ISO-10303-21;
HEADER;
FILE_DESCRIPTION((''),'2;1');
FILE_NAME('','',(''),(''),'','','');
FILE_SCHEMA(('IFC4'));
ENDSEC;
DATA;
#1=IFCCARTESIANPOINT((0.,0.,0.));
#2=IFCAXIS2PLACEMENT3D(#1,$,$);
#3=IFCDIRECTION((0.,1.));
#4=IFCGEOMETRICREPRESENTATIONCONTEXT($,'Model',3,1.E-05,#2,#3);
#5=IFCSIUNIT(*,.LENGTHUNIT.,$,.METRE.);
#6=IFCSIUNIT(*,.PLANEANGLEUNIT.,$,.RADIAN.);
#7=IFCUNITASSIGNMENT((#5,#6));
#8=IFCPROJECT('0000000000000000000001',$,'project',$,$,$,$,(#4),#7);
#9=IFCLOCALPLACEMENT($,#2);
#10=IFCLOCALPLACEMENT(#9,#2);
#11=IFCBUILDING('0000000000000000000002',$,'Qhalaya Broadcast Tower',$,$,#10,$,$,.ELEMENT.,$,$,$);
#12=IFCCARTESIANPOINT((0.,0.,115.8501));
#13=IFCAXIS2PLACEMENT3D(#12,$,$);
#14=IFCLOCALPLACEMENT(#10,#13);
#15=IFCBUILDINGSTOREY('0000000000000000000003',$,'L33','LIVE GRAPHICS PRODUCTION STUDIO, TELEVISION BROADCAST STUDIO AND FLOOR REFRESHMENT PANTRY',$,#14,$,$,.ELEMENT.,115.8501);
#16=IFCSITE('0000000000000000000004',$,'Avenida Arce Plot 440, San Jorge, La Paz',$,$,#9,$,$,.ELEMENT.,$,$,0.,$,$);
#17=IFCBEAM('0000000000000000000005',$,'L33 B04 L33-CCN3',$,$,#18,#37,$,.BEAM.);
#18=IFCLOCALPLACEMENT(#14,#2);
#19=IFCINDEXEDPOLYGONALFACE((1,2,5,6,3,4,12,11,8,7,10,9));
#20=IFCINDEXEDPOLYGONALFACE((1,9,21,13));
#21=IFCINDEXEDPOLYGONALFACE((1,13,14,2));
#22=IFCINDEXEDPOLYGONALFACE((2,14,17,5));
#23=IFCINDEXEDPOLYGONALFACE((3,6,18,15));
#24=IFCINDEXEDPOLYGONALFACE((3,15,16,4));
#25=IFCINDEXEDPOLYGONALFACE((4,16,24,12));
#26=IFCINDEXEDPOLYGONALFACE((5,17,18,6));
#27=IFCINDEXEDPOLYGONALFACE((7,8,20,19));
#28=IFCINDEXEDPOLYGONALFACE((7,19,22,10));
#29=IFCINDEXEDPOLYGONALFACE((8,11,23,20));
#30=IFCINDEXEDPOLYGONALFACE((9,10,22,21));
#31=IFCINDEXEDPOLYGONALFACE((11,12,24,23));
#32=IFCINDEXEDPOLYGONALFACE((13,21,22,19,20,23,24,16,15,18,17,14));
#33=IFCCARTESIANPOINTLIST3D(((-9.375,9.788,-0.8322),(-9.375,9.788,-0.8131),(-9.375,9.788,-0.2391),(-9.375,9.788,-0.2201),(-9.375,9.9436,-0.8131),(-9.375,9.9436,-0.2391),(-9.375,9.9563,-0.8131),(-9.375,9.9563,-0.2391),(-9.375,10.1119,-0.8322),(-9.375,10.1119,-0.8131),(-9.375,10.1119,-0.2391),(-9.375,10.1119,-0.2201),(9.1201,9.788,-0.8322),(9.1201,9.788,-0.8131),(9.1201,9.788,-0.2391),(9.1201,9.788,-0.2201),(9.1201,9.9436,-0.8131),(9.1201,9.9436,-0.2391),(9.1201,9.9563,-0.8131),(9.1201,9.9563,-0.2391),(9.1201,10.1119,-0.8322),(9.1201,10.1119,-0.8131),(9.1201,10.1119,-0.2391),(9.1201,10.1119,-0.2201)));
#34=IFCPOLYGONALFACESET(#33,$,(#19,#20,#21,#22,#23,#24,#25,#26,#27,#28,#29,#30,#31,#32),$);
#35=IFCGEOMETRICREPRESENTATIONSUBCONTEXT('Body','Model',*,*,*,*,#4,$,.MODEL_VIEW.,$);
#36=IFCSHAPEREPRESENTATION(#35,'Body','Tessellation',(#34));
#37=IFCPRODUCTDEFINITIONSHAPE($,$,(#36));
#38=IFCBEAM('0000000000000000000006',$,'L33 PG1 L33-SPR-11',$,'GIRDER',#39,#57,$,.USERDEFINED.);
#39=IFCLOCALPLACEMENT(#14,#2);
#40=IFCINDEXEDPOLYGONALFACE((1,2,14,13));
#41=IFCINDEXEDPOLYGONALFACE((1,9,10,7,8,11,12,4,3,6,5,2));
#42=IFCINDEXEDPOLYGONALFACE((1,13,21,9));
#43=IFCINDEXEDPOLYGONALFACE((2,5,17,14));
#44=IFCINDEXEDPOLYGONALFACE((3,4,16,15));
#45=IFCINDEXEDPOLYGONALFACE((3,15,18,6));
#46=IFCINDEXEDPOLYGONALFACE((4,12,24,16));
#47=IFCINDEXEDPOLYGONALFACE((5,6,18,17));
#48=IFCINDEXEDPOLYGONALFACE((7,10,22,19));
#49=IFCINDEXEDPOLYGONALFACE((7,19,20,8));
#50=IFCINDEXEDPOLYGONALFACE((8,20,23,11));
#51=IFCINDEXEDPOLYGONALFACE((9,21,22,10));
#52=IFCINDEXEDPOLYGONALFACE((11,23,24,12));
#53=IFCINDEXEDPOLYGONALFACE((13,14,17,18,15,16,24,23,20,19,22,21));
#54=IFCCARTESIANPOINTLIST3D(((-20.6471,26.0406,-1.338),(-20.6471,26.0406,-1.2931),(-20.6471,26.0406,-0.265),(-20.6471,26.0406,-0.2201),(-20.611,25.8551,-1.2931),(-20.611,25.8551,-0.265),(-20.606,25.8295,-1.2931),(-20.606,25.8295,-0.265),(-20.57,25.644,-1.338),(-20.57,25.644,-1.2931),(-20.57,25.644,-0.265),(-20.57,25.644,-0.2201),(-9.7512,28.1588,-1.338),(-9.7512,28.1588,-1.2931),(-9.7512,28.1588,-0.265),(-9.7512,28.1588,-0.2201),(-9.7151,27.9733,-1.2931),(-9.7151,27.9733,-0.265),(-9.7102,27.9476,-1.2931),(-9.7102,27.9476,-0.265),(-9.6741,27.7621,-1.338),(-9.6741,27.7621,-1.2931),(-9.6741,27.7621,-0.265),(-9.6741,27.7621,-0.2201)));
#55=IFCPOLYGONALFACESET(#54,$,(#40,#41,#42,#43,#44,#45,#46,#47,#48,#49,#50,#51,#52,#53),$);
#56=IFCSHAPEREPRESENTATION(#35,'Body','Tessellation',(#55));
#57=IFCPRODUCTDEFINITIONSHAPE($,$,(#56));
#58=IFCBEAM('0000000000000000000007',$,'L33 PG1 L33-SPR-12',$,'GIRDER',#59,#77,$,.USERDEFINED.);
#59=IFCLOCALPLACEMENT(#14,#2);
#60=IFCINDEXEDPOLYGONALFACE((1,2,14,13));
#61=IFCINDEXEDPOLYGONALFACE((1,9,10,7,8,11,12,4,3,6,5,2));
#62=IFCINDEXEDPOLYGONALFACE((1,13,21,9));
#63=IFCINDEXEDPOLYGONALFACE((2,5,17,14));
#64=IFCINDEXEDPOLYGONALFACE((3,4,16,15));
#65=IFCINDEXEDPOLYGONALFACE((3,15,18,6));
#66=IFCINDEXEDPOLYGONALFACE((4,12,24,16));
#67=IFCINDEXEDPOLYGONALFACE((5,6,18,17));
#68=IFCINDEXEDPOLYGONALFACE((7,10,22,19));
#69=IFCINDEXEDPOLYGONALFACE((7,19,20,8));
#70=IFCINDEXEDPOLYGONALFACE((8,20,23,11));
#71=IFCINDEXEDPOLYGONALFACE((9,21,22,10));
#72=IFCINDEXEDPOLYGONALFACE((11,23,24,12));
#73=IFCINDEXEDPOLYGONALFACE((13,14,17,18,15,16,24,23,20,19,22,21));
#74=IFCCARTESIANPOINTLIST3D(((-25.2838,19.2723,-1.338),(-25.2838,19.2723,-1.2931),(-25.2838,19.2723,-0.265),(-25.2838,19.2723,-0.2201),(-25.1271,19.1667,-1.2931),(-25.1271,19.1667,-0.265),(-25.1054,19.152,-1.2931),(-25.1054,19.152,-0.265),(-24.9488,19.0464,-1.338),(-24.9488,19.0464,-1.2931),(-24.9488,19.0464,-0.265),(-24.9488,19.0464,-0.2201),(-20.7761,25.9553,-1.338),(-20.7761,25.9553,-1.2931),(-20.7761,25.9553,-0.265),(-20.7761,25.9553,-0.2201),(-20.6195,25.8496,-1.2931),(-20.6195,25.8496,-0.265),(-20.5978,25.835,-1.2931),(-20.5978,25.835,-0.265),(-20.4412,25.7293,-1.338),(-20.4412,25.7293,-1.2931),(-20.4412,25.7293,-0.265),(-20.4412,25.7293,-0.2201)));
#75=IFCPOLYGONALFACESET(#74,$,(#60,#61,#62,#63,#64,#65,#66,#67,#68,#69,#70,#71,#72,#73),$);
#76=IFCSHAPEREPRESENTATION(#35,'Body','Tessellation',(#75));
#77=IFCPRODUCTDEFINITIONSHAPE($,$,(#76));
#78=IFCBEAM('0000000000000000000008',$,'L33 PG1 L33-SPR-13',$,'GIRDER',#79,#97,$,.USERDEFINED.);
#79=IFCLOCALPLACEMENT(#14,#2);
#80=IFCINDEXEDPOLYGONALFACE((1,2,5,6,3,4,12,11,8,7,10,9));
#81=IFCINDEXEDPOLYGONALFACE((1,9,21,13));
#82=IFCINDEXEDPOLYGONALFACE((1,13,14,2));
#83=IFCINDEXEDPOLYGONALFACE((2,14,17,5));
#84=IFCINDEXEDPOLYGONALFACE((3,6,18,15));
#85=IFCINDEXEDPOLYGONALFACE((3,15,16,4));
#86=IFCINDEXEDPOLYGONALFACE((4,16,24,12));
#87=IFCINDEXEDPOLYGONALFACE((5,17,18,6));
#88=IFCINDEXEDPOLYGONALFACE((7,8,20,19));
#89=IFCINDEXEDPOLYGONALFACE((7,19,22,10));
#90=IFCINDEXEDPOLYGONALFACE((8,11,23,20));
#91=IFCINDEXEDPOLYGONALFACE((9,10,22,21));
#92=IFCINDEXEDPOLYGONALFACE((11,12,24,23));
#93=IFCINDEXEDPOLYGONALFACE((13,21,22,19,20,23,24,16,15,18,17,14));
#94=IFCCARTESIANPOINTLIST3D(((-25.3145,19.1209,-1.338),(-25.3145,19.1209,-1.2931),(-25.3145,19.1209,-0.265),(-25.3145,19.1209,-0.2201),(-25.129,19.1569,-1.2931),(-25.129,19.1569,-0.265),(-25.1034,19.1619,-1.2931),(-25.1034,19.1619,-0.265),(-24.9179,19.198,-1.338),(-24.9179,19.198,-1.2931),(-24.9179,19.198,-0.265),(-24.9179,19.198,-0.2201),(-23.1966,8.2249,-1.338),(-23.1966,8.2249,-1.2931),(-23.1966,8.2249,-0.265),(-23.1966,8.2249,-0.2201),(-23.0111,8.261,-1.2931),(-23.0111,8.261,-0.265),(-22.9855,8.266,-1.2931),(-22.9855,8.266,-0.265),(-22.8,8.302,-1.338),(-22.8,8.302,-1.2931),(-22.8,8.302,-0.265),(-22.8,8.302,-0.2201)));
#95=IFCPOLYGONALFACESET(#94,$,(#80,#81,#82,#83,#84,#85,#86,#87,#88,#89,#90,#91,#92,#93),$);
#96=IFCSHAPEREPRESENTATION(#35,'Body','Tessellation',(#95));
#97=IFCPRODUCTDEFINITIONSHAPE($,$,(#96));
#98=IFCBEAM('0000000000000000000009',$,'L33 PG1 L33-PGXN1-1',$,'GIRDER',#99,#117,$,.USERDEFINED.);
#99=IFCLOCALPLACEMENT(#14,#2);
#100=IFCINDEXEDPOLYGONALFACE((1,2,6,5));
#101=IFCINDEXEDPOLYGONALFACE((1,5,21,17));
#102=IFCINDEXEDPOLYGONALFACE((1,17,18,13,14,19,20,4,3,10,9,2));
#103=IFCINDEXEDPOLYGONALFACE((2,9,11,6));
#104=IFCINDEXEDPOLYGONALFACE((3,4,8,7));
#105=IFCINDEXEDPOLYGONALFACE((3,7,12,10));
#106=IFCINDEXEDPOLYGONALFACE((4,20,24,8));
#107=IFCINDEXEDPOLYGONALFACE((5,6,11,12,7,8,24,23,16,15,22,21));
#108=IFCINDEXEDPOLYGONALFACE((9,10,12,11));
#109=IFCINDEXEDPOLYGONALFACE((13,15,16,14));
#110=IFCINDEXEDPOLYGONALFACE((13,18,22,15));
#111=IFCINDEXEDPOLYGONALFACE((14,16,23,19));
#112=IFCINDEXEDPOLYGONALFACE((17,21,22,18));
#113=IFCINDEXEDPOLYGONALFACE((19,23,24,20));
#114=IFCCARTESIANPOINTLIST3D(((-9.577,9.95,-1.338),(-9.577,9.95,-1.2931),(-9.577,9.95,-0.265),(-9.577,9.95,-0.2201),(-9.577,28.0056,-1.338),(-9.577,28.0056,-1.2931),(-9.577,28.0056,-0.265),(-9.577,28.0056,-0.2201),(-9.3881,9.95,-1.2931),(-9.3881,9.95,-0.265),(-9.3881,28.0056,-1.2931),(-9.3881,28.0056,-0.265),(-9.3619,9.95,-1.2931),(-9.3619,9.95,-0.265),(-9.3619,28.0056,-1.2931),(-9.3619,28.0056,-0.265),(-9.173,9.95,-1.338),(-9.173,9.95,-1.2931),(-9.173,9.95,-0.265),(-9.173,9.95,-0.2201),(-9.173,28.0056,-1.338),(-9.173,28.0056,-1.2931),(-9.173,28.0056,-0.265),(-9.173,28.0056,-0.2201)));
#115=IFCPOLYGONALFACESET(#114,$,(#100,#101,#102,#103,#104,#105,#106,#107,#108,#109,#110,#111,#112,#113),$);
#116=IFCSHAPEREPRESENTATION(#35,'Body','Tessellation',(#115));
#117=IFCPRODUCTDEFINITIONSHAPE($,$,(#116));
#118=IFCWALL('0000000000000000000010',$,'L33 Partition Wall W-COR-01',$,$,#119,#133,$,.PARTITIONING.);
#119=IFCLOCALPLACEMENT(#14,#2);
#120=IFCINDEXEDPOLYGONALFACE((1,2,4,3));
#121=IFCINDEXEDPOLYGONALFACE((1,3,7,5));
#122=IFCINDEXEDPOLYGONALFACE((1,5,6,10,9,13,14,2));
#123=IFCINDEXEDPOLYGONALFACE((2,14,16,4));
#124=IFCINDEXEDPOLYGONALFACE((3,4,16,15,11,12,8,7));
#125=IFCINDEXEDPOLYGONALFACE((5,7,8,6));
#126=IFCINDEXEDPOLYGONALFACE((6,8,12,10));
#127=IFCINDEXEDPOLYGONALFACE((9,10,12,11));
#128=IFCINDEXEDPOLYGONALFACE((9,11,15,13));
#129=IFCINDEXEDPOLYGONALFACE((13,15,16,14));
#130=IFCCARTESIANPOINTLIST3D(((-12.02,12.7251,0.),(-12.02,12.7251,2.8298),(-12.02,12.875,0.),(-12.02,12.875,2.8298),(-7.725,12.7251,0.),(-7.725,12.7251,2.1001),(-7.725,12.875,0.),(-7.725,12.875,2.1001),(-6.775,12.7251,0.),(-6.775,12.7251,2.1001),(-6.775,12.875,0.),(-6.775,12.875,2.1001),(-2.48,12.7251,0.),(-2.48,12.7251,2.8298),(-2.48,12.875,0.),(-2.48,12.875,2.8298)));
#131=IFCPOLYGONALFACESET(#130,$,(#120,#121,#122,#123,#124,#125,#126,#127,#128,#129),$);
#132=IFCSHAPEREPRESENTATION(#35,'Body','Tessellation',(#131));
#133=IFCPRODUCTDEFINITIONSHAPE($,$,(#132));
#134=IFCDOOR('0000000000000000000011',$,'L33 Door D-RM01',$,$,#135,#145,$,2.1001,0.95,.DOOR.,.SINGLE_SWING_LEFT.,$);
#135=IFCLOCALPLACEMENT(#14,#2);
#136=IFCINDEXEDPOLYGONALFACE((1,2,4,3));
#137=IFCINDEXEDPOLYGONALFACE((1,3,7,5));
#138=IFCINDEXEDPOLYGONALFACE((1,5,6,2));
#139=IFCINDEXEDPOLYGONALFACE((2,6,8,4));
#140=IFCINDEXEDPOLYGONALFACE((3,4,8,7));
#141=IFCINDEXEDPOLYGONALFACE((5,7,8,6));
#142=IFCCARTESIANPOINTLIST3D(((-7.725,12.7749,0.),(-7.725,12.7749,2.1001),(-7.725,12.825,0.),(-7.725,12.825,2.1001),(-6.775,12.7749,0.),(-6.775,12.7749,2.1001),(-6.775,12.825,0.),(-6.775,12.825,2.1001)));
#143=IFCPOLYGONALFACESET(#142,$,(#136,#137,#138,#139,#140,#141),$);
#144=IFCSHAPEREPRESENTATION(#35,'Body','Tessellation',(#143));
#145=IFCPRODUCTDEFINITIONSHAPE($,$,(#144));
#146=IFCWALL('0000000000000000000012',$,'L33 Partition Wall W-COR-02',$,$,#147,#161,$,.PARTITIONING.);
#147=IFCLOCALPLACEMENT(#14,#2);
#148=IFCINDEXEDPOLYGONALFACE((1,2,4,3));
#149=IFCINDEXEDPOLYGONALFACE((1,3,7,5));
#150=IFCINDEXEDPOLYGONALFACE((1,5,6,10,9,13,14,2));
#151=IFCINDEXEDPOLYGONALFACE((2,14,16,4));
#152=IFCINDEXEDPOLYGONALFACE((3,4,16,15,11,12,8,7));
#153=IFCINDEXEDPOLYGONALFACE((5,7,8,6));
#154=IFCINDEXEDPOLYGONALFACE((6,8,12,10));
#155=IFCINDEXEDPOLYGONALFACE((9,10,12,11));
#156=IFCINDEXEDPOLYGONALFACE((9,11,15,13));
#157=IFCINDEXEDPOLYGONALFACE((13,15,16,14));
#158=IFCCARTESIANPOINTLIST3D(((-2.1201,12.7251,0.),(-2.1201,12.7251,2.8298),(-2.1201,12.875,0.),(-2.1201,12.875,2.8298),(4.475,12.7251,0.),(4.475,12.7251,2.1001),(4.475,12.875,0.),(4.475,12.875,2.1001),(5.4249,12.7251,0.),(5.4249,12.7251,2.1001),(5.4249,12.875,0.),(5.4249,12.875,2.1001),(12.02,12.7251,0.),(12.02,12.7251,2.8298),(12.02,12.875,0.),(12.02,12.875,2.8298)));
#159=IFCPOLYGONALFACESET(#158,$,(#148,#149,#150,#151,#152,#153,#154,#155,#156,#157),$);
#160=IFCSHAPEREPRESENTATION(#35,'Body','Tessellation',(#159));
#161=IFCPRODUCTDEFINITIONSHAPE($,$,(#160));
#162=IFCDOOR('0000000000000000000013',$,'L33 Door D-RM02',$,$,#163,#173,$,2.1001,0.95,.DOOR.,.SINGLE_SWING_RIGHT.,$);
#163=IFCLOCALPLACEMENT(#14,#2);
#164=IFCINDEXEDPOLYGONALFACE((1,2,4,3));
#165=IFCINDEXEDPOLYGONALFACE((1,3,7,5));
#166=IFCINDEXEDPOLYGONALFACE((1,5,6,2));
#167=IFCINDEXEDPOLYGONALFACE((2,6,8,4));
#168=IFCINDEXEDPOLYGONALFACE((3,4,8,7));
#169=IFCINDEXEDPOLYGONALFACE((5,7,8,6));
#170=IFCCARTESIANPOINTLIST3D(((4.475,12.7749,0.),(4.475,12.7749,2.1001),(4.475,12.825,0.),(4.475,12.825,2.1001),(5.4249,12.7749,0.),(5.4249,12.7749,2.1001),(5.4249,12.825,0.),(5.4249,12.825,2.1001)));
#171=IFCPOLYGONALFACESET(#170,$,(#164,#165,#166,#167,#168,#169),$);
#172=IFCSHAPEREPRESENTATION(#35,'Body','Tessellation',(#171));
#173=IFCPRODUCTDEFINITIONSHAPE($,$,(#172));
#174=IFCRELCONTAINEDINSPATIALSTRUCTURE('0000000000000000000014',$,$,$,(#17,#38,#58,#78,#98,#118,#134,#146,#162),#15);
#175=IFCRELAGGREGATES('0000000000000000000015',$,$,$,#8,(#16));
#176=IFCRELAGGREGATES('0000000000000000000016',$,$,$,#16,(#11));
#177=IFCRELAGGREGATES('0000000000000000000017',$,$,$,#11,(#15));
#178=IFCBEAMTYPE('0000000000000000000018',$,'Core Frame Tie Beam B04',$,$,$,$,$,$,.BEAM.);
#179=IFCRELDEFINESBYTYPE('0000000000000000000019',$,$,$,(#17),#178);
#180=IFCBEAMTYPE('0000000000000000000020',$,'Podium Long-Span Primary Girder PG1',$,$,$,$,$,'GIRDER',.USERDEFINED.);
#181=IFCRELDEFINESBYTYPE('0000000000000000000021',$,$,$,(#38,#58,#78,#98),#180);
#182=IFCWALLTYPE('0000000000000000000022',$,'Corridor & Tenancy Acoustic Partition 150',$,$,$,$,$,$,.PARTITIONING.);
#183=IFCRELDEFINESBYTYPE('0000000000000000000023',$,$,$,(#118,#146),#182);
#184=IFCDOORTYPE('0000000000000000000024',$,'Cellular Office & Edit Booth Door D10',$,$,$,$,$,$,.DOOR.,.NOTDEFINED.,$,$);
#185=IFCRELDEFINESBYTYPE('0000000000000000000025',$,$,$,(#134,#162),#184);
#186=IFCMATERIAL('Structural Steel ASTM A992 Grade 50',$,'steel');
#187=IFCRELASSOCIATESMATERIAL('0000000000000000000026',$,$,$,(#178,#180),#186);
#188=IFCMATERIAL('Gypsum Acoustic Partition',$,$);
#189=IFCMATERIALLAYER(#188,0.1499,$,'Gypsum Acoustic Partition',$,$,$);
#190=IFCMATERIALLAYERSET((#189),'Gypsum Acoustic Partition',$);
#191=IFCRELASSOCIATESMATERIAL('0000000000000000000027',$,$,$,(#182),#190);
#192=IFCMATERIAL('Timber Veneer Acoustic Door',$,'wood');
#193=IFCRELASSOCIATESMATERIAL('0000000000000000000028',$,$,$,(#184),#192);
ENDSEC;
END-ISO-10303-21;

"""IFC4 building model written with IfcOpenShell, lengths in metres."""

from ifc_helpers import new_model, si_unit, direction, frame, frame_2d, origin, origin_2d, place, context, subcontext, project, spatial, rectangle, i_section, extrude, material, layer, layer_set, material_profile, profile_set, type_object, element, fill, save


model = new_model("IFC4")

# Units and contexts
model_context = context("Model", 3, precision=1e-05, world=origin(), true_north=direction((0.0, 1.0)))
body_context = subcontext(model_context, "Body", "Model", "MODEL_VIEW")
ifc_project = project(units=[si_unit("LENGTHUNIT", "METRE"), si_unit("PLANEANGLEUNIT", "RADIAN")], contexts=[model_context])

# Site, building, storey
site_placement = place(None, origin())
site = spatial("IfcSite", under=ifc_project, at=site_placement, Name="Avenida Arce Plot 440, San Jorge, La Paz", CompositionType="ELEMENT", RefElevation=0.0)
building_placement = place(site_placement, origin())
building = spatial("IfcBuilding", under=site, at=building_placement, Name="Qhalaya Broadcast Tower", CompositionType="ELEMENT")
storey_placement = place(building_placement, frame((0.0, 0.0, 115.8501)))
storey = spatial("IfcBuildingStorey", under=building, at=storey_placement, Name="L33", Description="LIVE GRAPHICS PRODUCTION STUDIO, TELEVISION BROADCAST STUDIO AND FLOOR REFRESHMENT PANTRY", CompositionType="ELEMENT", Elevation=115.8501)

# Beams
ifc_material_1 = material(Name="Structural Steel ASTM A992 Grade 50", Category="steel")
ifc_material_profile_1 = material_profile(ifc_material_1, i_section(OverallWidth=0.324, OverallDepth=0.6121, WebThickness=0.0127, FlangeThickness=0.019, at=origin_2d()), Name="W24X104")
ifc_profile_set_1 = profile_set([ifc_material_profile_1], Name="Structural Steel ASTM A992 Grade 50")
beam_type_1 = type_object("IfcBeamType", Name="Core Frame Tie Beam B04", PredefinedType="BEAM", material=ifc_profile_set_1)
beam_1_placement = place(storey_placement, frame((-9.375, 9.95, -0.5261), z_axis=(1.0, 0.0, 0.0), x_axis=(0.0, 1.0, 0.0)))
element("IfcBeam", 1, at=beam_1_placement, inside=storey, type_object=beam_type_1, Name="L33 B04 L33-CCN3", PredefinedType="BEAM", context=body_context, shape_type="SweptSolid", body=[
    extrude(i_section(OverallWidth=0.324, OverallDepth=0.6121, WebThickness=0.0127, FlangeThickness=0.019, at=origin_2d()), origin(), (0.0, 0.0, 1.0), 18.4951),
])
ifc_material_profile_2 = material_profile(ifc_material_1, i_section(OverallWidth=0.4041, OverallDepth=1.1179, WebThickness=0.0261, FlangeThickness=0.0449, at=origin_2d()), Name="W44X335")
ifc_profile_set_2 = profile_set([ifc_material_profile_2], Name="Structural Steel ASTM A992 Grade 50")
beam_type_2 = type_object("IfcBeamType", Name="Podium Long-Span Primary Girder PG1", ElementType="GIRDER", PredefinedType="USERDEFINED", material=ifc_profile_set_2)
beam_2_placement = place(storey_placement, frame((-9.7126, 27.9604, -0.7791), z_axis=(-0.981624, -0.190826, 0.0), x_axis=(0.190826, -0.981624, 0.0)))
element("IfcBeam", 2, at=beam_2_placement, inside=storey, type_object=beam_type_2, Name="L33 PG1 L33-SPR-11", ObjectType="GIRDER", PredefinedType="USERDEFINED", context=body_context, shape_type="SweptSolid", body=[
    extrude(i_section(OverallWidth=0.4041, OverallDepth=1.1179, WebThickness=0.0261, FlangeThickness=0.0449, at=origin_2d()), origin(), (0.0, 0.0, 1.0), 11.0999),
])
beam_3_placement = place(storey_placement, frame((-20.6086, 25.8423, -0.7791), z_axis=(-0.559186, -0.829042, 0.0), x_axis=(0.829042, -0.559186, 0.0)))
element("IfcBeam", 3, at=beam_3_placement, inside=storey, type_object=beam_type_2, Name="L33 PG1 L33-SPR-12", ObjectType="GIRDER", PredefinedType="USERDEFINED", context=body_context, shape_type="SweptSolid", body=[
    extrude(i_section(OverallWidth=0.4041, OverallDepth=1.1179, WebThickness=0.0261, FlangeThickness=0.0449, at=origin_2d()), origin(), (0.0, 0.0, 1.0), 8.061),
])
beam_4_placement = place(storey_placement, frame((-25.1162, 19.1594, -0.7791), z_axis=(0.190805, -0.981628, 0.0), x_axis=(0.981628, 0.190805, 0.0)))
element("IfcBeam", 4, at=beam_4_placement, inside=storey, type_object=beam_type_2, Name="L33 PG1 L33-SPR-13", ObjectType="GIRDER", PredefinedType="USERDEFINED", context=body_context, shape_type="SweptSolid", body=[
    extrude(i_section(OverallWidth=0.4041, OverallDepth=1.1179, WebThickness=0.0261, FlangeThickness=0.0449, at=origin_2d()), origin(), (0.0, 0.0, 1.0), 11.0999),
])
beam_5_placement = place(storey_placement, frame((-9.375, 9.95, -0.7791), z_axis=(0.0, 1.0, 0.0), x_axis=(-1.0, 0.0, 0.0)))
element("IfcBeam", 5, at=beam_5_placement, inside=storey, type_object=beam_type_2, Name="L33 PG1 L33-PGXN1-1", ObjectType="GIRDER", PredefinedType="USERDEFINED", context=body_context, shape_type="SweptSolid", body=[
    extrude(i_section(OverallWidth=0.4041, OverallDepth=1.1179, WebThickness=0.0261, FlangeThickness=0.0449, at=origin_2d()), origin(), (0.0, 0.0, 1.0), 18.0557),
])

# Walls, openings, doors
ifc_material_2 = material(Name="Gypsum Acoustic Partition")
ifc_layer_1 = layer(ifc_material_2, 0.1499, Name="Gypsum Acoustic Partition")
ifc_layer_set_1 = layer_set([ifc_layer_1], Name="Gypsum Acoustic Partition")
wall_type_1 = type_object("IfcWallType", Name="Corridor & Tenancy Acoustic Partition 150", PredefinedType="PARTITIONING", material=ifc_layer_set_1)
wall_1_placement = place(storey_placement, frame((-12.02, 12.8, 0.0), z_axis=(0.0, 0.0, 1.0), x_axis=(1.0, 0.0, 0.0)))
wall_1 = element("IfcWall", 6, at=wall_1_placement, inside=storey, type_object=wall_type_1, Name="L33 Partition Wall W-COR-01", PredefinedType="PARTITIONING", context=body_context, shape_type="SweptSolid", body=[
    extrude(rectangle(XDim=9.54, YDim=0.1499, at=frame_2d((4.77, 0.0))), origin(), (0.0, 0.0, 1.0), 2.8298),
])
opening_1_placement = place(wall_1_placement, frame((4.2949, 0.0, 0.0)))
opening_1 = element("IfcOpeningElement", 7, at=opening_1_placement, cuts=wall_1, PredefinedType="OPENING", context=body_context, shape_type="SweptSolid", body=[
    extrude(rectangle(XDim=0.95, YDim=2.1001, at=frame_2d((0.4751, 1.05))), frame((0.0, 0.0869, 0.0), z_axis=(0.0, -1.0, 0.0), x_axis=(1.0, 0.0, 0.0)), (0.0, 0.0, 1.0), 0.1738),
])
ifc_material_3 = material(Name="Timber Veneer Acoustic Door", Category="wood")
door_type = type_object("IfcDoorType", Name="Cellular Office & Edit Booth Door D10", OperationType="NOTDEFINED", PredefinedType="DOOR", material=ifc_material_3)
door_1_placement = place(opening_1_placement, origin())
door_1 = element("IfcDoor", 8, at=door_1_placement, inside=storey, type_object=door_type, Name="L33 Door D-RM01", OperationType="SINGLE_SWING_LEFT", OverallHeight=2.1001, OverallWidth=0.95, PredefinedType="DOOR", context=body_context, shape_type="SweptSolid", body=[
    extrude(rectangle(XDim=0.95, YDim=2.1001, at=frame_2d((0.4751, 1.05))), frame((0.0, 0.0249, 0.0), z_axis=(0.0, -1.0, 0.0), x_axis=(1.0, 0.0, 0.0)), (0.0, 0.0, 1.0), 0.05),
])
fill(opening_1, door_1)
wall_2_placement = place(storey_placement, frame((-2.1201, 12.8, 0.0), z_axis=(0.0, 0.0, 1.0), x_axis=(1.0, 0.0, 0.0)))
wall_2 = element("IfcWall", 9, at=wall_2_placement, inside=storey, type_object=wall_type_1, Name="L33 Partition Wall W-COR-02", PredefinedType="PARTITIONING", context=body_context, shape_type="SweptSolid", body=[
    extrude(rectangle(XDim=14.1401, YDim=0.1499, at=frame_2d((7.0701, 0.0))), origin(), (0.0, 0.0, 1.0), 2.8298),
])
opening_2_placement = place(wall_2_placement, frame((6.595, 0.0, 0.0)))
opening_2 = element("IfcOpeningElement", 10, at=opening_2_placement, cuts=wall_2, PredefinedType="OPENING", context=body_context, shape_type="SweptSolid", body=[
    extrude(rectangle(XDim=0.95, YDim=2.1001, at=frame_2d((0.4751, 1.05))), frame((0.0, 0.0869, 0.0), z_axis=(0.0, -1.0, 0.0), x_axis=(1.0, 0.0, 0.0)), (0.0, 0.0, 1.0), 0.1738),
])
door_2_placement = place(opening_2_placement, origin())
door_2 = element("IfcDoor", 11, at=door_2_placement, inside=storey, type_object=door_type, Name="L33 Door D-RM02", OperationType="SINGLE_SWING_RIGHT", OverallHeight=2.1001, OverallWidth=0.95, PredefinedType="DOOR", context=body_context, shape_type="SweptSolid", body=[
    extrude(rectangle(XDim=0.95, YDim=2.1001, at=frame_2d((0.4751, 1.05))), frame((0.0, 0.0249, 0.0), z_axis=(0.0, -1.0, 0.0), x_axis=(1.0, 0.0, 0.0)), (0.0, 0.0, 1.0), 0.05),
])
fill(opening_2, door_2)

save(model, "model.ifc")
